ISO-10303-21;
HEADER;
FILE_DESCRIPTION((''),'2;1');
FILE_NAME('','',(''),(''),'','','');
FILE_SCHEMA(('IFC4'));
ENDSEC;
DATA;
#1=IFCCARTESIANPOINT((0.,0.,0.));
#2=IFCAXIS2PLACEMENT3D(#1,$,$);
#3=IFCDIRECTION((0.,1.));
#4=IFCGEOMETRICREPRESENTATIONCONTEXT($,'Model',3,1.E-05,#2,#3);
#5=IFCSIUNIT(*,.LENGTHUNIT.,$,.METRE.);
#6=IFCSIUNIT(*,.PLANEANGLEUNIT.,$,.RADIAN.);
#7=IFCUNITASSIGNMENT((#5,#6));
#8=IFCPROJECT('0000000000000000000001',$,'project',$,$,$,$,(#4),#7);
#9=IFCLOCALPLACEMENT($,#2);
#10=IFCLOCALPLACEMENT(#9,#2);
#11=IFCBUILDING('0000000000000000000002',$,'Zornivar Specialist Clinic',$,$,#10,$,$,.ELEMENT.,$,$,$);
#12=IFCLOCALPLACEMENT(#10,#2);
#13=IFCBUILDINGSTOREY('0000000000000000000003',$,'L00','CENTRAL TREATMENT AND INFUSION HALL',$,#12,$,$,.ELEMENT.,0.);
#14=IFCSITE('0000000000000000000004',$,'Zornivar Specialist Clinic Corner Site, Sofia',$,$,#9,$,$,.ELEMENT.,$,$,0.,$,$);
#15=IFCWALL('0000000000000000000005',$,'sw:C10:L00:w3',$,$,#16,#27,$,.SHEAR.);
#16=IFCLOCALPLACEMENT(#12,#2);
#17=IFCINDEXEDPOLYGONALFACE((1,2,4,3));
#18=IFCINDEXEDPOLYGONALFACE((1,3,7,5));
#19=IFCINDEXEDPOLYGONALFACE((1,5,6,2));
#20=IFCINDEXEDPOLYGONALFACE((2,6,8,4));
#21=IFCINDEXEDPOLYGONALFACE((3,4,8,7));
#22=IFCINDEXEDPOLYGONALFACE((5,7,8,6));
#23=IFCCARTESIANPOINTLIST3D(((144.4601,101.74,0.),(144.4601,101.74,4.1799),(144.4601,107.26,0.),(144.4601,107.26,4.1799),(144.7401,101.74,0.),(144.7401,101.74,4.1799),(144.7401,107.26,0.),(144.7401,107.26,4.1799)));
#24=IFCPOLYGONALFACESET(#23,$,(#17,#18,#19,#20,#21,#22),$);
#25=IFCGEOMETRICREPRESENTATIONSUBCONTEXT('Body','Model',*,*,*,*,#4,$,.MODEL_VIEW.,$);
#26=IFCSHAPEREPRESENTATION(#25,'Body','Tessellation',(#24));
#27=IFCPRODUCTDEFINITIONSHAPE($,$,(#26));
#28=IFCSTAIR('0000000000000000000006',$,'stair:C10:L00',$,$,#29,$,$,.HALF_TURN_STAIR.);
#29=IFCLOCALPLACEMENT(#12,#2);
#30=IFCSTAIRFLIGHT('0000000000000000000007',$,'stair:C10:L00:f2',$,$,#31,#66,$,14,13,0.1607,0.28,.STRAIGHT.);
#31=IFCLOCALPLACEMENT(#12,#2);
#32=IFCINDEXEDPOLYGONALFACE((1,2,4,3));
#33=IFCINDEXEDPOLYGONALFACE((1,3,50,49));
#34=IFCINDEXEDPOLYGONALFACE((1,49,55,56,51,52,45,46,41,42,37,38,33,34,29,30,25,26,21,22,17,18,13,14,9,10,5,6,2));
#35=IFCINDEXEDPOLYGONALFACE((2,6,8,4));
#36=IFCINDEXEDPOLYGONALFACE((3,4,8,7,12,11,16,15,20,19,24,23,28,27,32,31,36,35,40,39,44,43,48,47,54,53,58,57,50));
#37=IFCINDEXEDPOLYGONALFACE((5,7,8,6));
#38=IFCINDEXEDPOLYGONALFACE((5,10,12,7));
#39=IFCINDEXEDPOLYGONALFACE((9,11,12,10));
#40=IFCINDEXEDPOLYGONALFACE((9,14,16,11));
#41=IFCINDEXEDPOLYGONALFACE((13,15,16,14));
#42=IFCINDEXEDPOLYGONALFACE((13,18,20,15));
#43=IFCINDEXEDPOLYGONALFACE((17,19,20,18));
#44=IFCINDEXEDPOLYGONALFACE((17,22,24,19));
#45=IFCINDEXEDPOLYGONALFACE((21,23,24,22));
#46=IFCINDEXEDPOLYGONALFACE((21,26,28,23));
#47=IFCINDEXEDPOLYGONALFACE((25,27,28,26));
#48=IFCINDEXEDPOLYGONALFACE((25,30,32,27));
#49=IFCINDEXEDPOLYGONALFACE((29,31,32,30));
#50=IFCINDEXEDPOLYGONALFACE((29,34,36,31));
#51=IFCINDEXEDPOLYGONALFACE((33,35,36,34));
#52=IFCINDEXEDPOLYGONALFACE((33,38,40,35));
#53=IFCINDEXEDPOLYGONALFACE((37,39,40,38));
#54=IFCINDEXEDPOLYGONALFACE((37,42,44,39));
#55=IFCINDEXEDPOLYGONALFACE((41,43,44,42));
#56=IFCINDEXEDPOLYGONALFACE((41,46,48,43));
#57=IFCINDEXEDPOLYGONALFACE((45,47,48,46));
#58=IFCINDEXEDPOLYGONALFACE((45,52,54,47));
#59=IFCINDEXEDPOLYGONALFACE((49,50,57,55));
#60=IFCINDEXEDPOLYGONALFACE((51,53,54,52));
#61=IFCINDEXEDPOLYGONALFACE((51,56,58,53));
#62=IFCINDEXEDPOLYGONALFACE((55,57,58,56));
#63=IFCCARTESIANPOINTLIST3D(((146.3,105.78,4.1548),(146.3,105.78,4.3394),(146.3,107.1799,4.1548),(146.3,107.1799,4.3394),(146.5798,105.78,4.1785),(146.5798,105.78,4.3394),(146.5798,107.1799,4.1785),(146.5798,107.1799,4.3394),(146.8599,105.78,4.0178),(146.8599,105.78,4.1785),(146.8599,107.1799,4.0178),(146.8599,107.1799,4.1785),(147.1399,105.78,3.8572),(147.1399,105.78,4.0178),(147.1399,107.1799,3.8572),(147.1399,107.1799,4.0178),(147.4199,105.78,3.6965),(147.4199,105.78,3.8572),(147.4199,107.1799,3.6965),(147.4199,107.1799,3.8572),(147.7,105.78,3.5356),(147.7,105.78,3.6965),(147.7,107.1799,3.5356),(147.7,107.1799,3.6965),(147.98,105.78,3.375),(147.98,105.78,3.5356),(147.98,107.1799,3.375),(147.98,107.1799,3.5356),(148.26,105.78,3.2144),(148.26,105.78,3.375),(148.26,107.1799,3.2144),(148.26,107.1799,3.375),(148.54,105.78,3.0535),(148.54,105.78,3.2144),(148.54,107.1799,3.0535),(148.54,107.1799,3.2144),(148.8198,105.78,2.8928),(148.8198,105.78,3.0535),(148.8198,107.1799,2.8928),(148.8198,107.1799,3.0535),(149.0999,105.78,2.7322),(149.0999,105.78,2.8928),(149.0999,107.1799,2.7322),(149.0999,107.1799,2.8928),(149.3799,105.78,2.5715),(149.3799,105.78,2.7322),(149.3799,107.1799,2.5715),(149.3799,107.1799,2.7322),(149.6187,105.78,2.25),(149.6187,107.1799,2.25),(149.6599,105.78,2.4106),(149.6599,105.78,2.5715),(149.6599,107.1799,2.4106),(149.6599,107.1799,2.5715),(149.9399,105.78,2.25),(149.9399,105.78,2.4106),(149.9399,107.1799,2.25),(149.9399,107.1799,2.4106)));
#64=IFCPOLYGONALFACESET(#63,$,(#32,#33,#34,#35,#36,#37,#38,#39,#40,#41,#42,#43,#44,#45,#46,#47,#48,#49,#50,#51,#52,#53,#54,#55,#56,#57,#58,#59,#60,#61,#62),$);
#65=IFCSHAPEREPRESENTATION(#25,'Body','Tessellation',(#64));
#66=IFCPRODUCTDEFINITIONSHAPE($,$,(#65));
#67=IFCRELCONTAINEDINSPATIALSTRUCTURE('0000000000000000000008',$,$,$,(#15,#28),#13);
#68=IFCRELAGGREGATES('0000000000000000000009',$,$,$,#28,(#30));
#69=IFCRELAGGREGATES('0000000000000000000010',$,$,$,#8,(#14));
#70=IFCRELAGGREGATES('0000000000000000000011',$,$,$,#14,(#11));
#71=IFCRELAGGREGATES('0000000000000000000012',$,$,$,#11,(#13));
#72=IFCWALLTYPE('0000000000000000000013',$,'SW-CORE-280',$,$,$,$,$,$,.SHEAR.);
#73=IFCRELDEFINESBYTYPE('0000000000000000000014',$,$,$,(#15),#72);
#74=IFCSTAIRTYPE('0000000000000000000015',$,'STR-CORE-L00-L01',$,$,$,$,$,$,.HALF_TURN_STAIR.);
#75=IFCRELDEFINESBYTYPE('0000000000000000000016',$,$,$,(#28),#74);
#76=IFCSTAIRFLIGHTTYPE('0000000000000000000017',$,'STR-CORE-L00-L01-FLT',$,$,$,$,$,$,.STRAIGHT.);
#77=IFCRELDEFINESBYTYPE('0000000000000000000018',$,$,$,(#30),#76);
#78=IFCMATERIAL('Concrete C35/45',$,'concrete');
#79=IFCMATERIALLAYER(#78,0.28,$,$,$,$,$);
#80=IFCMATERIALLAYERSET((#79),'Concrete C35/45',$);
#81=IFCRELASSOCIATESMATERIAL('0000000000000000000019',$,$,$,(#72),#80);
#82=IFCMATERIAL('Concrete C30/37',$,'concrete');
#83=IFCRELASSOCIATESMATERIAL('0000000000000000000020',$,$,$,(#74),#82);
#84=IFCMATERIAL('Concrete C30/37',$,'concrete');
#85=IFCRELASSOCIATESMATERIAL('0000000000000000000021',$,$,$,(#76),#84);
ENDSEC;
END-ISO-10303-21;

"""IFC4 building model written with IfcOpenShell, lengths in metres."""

from ifc_helpers import new_model, si_unit, direction, frame, frame_2d, origin, place, context, subcontext, project, spatial, polyline, rectangle, outline, extrude, material, layer, layer_set, type_object, element, aggregate, save


model = new_model("IFC4")

# Units and contexts
model_context = context("Model", 3, precision=1e-05, world=origin(), true_north=direction((0.0, 1.0)))
body_context = subcontext(model_context, "Body", "Model", "MODEL_VIEW")
ifc_project = project(units=[si_unit("LENGTHUNIT", "METRE"), si_unit("PLANEANGLEUNIT", "RADIAN")], contexts=[model_context])

# Site, building, storey
site_placement = place(None, origin())
site = spatial("IfcSite", under=ifc_project, at=site_placement, Name="Zornivar Specialist Clinic Corner Site, Sofia", CompositionType="ELEMENT", RefElevation=0.0)
building_placement = place(site_placement, origin())
building = spatial("IfcBuilding", under=site, at=building_placement, Name="Zornivar Specialist Clinic", CompositionType="ELEMENT")
storey_placement = place(building_placement, origin())
storey = spatial("IfcBuildingStorey", under=building, at=storey_placement, Name="L00", Description="CENTRAL TREATMENT AND INFUSION HALL", CompositionType="ELEMENT", Elevation=0.0)

# Wall
ifc_material_1 = material(Name="Concrete C35/45", Category="concrete")
ifc_layer_1 = layer(ifc_material_1, 0.28)
ifc_layer_set_1 = layer_set([ifc_layer_1], Name="Concrete C35/45")
wall_type_1 = type_object("IfcWallType", Name="SW-CORE-280", PredefinedType="SHEAR", material=ifc_layer_set_1)
wall_1_placement = place(storey_placement, frame((144.6001, 107.26, 0.0), z_axis=(0.0, 0.0, 1.0), x_axis=(0.0, -1.0, 0.0)))
element("IfcWall", 1, at=wall_1_placement, inside=storey, type_object=wall_type_1, Name="sw:C10:L00:w3", PredefinedType="SHEAR", context=body_context, shape_type="SweptSolid", body=[
    extrude(rectangle(XDim=5.52, YDim=0.28, at=frame_2d((2.76, 0.0))), origin(), (0.0, 0.0, 1.0), 4.1799),
])

# Stair, stair flight
ifc_material_2 = material(Name="Concrete C30/37", Category="concrete")
stair_type = type_object("IfcStairType", Name="STR-CORE-L00-L01", PredefinedType="HALF_TURN_STAIR", material=ifc_material_2)
stair_placement = place(storey_placement, origin())
stair = element("IfcStair", 2, at=stair_placement, inside=storey, type_object=stair_type, Name="stair:C10:L00", PredefinedType="HALF_TURN_STAIR")
ifc_material_3 = material(Name="Concrete C30/37", Category="concrete")
stair_flight_type = type_object("IfcStairFlightType", Name="STR-CORE-L00-L01-FLT", PredefinedType="STRAIGHT", material=ifc_material_3)
stair_flight_placement = place(storey_placement, frame((149.9399, 106.48, 2.25), z_axis=(0.0, 0.0, 1.0), x_axis=(-1.0, 0.0, 0.0)))
stair_flight = element("IfcStairFlight", 3, at=stair_flight_placement, type_object=stair_flight_type, Name="stair:C10:L00:f2", NumberOfRisers=14, NumberOfTreads=13, PredefinedType="STRAIGHT", RiserHeight=0.1607, TreadLength=0.28, context=body_context, shape_type="SweptSolid", body=[
    extrude(outline(polyline([(0.0, 0.0), (0.0, 0.1606), (0.28, 0.1606), (0.28, 0.3215), (0.5601, 0.3215), (0.5601, 0.4822), (0.8401, 0.4822), (0.8401, 0.6428), (1.1201, 0.6428), (1.1201, 0.8035), (1.3999, 0.8035), (1.3999, 0.9644), (1.6799, 0.9644), (1.6799, 1.125), (1.96, 1.125), (1.96, 1.2856), (2.24, 1.2856), (2.24, 1.4465), (2.52, 1.4465), (2.52, 1.6072), (2.8, 1.6072), (2.8, 1.7678), (3.0801, 1.7678), (3.0801, 1.9285), (3.3601, 1.9285), (3.3601, 2.0894), (3.6399, 2.0894), (3.6399, 2.25), (3.6399, 1.9048), (0.3213, 0.0), (0.0, 0.0)])), frame((0.0, 0.7, 0.0), z_axis=(0.0, -1.0, 0.0), x_axis=(1.0, 0.0, 0.0)), (0.0, 0.0, 1.0), 1.3999),
])
aggregate(stair, [stair_flight])

save(model, "model.ifc")
